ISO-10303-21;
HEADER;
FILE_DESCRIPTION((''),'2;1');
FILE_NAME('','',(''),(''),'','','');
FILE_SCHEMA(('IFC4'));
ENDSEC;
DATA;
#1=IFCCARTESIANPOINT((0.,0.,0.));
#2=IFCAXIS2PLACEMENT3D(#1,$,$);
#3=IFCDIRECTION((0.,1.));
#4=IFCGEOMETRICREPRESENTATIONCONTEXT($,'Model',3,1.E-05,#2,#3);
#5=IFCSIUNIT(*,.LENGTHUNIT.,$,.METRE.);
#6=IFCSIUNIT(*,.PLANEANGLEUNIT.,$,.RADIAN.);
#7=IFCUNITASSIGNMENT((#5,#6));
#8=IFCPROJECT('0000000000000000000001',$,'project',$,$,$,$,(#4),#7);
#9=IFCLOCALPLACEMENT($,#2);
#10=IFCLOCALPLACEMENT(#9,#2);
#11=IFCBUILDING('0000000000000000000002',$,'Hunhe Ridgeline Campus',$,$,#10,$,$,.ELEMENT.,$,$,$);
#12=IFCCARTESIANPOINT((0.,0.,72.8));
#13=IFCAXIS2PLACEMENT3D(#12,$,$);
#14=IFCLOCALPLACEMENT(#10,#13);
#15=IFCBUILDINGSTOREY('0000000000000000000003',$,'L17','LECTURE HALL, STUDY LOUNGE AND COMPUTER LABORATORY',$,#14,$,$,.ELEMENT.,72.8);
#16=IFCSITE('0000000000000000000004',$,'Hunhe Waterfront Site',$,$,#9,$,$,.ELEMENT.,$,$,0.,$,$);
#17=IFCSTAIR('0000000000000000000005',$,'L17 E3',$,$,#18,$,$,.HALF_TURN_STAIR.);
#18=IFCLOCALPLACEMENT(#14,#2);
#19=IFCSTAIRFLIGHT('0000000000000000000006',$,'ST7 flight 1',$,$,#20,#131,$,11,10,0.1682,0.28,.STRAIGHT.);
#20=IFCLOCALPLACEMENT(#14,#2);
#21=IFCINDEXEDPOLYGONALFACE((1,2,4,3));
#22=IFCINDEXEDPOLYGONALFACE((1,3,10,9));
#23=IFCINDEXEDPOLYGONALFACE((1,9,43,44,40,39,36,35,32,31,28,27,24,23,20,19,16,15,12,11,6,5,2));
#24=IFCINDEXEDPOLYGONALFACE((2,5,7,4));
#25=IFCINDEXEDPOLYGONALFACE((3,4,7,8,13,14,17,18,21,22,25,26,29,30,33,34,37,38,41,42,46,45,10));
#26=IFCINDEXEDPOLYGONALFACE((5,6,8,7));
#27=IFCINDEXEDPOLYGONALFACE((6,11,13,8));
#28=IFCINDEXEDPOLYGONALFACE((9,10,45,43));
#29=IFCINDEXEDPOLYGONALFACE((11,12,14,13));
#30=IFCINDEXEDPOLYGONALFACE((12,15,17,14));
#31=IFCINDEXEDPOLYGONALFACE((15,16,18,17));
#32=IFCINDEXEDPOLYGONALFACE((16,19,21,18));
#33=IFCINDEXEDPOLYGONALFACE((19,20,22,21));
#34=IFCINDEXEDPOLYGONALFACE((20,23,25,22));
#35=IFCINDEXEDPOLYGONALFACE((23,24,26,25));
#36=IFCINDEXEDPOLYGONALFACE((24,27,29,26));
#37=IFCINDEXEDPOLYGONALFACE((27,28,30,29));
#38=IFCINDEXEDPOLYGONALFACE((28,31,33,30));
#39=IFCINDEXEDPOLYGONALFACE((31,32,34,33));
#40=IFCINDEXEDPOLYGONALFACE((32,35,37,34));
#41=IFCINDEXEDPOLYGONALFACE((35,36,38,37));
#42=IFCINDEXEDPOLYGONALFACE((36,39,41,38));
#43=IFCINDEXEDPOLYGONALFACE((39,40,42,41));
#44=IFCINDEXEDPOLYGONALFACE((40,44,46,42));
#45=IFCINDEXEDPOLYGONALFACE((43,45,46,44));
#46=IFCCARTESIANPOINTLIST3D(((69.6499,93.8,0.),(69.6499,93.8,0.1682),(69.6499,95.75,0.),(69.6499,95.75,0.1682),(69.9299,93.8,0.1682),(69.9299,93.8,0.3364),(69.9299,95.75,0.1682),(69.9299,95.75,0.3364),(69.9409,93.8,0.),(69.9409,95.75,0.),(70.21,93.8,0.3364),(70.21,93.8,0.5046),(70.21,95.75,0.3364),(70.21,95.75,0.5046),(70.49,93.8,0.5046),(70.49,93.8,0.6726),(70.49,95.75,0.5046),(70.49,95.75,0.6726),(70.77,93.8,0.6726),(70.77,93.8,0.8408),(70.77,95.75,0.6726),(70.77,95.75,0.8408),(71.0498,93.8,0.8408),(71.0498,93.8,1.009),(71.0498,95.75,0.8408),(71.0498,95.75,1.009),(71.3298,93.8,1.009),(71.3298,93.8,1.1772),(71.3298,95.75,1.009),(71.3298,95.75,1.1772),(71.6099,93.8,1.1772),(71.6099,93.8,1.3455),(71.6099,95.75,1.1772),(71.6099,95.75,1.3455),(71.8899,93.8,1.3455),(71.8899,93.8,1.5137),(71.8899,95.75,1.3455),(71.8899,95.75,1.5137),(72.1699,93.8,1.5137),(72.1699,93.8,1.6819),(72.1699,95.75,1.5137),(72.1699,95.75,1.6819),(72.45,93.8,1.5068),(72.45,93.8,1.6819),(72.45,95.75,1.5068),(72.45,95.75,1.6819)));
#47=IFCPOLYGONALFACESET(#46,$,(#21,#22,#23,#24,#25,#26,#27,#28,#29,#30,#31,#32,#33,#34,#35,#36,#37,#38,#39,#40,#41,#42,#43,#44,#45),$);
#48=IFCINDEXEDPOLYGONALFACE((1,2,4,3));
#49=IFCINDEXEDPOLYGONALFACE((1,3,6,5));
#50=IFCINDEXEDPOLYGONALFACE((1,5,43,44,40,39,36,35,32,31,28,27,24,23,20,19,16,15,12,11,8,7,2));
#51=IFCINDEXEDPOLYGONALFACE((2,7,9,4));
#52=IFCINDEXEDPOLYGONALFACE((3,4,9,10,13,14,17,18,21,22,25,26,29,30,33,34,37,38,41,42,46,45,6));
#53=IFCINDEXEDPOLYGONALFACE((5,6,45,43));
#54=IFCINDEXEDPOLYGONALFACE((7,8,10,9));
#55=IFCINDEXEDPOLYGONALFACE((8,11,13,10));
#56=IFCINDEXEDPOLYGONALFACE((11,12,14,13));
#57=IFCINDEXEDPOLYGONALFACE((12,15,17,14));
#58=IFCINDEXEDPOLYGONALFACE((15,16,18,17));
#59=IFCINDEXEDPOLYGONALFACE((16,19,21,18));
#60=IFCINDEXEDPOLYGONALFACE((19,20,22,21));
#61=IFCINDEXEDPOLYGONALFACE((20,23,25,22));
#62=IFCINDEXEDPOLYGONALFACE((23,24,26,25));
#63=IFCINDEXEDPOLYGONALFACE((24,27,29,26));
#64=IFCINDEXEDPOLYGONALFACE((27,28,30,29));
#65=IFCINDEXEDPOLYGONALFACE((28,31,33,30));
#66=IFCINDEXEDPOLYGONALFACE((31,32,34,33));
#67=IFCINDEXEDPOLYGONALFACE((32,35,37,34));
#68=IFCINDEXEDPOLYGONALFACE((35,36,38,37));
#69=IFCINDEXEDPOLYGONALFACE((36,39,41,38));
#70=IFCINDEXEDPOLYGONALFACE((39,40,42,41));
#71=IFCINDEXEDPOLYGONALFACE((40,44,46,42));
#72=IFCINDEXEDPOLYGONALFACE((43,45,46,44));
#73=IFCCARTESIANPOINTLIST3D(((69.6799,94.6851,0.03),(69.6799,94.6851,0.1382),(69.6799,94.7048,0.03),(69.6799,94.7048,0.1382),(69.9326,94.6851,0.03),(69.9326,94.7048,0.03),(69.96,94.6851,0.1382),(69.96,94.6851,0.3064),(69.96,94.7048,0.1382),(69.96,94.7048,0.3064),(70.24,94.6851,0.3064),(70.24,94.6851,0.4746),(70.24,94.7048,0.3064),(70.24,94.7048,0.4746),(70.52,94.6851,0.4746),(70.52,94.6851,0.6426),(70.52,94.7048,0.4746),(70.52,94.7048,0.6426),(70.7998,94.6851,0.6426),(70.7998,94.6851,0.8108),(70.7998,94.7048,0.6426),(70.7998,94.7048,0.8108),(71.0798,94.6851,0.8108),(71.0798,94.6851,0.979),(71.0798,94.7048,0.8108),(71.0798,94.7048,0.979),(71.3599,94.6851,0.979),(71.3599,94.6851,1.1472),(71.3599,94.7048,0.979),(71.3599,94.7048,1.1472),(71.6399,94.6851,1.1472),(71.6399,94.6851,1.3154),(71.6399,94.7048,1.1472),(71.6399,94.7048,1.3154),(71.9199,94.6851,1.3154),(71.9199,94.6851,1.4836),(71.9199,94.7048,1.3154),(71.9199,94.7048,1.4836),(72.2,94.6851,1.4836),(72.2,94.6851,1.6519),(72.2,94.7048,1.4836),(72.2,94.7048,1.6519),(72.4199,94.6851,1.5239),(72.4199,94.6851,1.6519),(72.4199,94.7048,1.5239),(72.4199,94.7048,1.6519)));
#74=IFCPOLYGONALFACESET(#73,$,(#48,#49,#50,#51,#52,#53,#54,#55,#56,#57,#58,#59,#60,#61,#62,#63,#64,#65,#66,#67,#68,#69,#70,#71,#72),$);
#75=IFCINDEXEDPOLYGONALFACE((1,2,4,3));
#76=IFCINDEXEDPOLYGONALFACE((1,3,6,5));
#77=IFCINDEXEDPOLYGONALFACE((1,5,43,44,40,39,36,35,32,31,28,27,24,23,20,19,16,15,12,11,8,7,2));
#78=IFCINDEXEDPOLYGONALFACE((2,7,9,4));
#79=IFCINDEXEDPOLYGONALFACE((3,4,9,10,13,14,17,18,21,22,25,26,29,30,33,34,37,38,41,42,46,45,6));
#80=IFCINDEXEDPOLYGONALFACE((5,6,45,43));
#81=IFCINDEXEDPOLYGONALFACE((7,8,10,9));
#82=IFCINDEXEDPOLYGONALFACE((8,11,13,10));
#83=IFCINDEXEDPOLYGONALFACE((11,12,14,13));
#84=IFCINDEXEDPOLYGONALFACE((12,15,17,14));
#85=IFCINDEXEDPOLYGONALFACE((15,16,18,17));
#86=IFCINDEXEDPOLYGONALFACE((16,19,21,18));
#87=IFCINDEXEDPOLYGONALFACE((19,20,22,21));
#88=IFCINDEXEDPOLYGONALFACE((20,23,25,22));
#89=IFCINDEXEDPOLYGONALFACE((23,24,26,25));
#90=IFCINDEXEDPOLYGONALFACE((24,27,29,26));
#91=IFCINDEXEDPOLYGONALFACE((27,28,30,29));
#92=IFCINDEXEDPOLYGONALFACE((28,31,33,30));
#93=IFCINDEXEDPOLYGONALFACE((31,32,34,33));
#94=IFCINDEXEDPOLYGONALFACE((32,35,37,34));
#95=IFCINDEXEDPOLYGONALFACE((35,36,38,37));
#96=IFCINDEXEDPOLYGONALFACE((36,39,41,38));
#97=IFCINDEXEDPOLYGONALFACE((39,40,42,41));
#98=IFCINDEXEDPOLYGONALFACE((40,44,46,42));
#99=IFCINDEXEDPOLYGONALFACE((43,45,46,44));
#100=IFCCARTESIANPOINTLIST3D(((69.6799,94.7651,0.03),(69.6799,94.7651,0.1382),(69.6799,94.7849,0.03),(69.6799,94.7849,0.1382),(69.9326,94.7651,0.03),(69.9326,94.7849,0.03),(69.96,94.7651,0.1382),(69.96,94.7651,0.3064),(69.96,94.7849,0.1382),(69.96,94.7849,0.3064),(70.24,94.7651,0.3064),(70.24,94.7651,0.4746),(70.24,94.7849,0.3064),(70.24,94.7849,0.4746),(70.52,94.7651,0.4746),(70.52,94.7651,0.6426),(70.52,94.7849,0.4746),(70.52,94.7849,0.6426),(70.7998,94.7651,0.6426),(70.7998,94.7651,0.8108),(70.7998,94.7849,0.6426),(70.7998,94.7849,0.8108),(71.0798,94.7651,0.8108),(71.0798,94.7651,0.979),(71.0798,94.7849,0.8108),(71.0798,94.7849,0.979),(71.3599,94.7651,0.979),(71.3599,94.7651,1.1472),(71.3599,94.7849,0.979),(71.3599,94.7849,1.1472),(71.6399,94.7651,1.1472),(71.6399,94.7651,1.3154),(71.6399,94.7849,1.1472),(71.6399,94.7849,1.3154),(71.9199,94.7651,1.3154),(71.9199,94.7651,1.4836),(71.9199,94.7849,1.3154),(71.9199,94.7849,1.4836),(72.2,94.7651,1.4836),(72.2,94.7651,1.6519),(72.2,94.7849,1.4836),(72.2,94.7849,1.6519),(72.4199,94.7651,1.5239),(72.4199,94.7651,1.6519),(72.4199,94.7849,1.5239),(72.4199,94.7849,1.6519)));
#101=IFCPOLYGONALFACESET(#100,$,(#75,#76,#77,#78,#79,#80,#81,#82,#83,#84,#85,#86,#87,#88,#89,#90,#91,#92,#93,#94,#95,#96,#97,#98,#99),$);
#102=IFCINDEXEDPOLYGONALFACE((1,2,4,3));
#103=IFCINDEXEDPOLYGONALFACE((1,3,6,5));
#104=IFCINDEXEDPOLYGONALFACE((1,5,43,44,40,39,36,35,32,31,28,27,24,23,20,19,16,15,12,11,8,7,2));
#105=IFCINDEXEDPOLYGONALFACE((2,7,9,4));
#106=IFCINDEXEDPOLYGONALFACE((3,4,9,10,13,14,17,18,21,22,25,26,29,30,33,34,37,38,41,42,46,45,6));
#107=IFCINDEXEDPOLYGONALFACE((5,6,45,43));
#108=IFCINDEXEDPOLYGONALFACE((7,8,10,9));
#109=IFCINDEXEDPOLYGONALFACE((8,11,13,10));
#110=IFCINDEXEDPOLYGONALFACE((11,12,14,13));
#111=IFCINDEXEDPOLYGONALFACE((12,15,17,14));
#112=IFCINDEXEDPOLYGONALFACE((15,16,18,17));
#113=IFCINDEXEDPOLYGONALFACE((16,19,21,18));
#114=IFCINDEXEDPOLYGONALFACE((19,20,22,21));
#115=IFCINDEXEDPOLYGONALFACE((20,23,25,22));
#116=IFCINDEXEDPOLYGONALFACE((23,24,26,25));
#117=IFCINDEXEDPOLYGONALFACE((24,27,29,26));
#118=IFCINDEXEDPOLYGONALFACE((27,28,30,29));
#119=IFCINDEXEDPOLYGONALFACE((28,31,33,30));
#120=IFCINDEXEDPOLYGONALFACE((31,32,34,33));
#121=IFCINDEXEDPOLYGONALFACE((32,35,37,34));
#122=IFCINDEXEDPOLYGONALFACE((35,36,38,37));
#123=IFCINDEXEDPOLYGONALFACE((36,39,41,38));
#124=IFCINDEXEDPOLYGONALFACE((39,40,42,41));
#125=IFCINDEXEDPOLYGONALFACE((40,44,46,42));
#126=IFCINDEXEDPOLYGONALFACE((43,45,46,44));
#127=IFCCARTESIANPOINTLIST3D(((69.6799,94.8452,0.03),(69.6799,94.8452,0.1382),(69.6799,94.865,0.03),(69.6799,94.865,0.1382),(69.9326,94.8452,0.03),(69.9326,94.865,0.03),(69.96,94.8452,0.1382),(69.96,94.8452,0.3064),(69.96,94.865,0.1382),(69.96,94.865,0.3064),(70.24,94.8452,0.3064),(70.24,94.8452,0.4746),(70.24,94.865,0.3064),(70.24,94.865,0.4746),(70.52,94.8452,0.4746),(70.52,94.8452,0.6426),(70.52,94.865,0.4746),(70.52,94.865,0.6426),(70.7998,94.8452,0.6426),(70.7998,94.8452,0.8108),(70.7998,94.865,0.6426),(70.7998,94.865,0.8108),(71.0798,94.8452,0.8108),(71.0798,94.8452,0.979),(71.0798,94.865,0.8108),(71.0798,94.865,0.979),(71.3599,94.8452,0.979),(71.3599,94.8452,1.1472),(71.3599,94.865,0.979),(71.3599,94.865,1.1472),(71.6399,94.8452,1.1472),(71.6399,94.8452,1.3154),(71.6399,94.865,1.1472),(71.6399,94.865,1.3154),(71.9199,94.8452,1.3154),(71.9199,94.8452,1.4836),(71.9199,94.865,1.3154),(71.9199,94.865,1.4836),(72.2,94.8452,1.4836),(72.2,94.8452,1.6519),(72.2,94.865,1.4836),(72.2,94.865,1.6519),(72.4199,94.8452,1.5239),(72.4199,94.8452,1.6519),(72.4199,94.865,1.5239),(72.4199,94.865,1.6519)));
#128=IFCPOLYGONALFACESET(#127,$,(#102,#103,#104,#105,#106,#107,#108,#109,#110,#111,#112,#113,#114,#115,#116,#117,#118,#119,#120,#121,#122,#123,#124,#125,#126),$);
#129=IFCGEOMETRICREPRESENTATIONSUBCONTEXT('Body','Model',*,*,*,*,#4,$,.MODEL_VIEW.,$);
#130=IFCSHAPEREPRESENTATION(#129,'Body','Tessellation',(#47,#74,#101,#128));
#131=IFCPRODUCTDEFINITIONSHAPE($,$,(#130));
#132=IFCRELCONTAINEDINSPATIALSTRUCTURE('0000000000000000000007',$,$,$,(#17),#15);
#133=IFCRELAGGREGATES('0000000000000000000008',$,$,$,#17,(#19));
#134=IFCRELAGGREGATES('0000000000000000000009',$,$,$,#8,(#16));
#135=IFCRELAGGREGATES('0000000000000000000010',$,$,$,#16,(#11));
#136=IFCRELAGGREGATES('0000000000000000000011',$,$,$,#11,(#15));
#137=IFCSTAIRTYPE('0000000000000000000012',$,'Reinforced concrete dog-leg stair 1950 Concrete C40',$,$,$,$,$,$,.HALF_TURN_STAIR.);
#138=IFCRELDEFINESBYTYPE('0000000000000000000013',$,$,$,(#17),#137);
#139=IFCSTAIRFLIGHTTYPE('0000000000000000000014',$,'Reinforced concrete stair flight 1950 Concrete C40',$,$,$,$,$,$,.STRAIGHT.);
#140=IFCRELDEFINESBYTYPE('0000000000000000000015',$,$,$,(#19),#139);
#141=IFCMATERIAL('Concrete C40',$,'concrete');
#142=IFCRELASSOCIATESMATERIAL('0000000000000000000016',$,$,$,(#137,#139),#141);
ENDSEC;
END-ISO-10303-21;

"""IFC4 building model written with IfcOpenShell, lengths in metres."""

from ifc_helpers import new_model, si_unit, direction, frame, origin, place, context, subcontext, project, spatial, polyline, outline, extrude, material, type_object, element, aggregate, save


model = new_model("IFC4")

# Units and contexts
model_context = context("Model", 3, precision=1e-05, world=origin(), true_north=direction((0.0, 1.0)))
body_context = subcontext(model_context, "Body", "Model", "MODEL_VIEW")
ifc_project = project(units=[si_unit("LENGTHUNIT", "METRE"), si_unit("PLANEANGLEUNIT", "RADIAN")], contexts=[model_context])

# Site, building, storey
site_placement = place(None, origin())
site = spatial("IfcSite", under=ifc_project, at=site_placement, Name="Hunhe Waterfront Site", CompositionType="ELEMENT", RefElevation=0.0)
building_placement = place(site_placement, origin())
building = spatial("IfcBuilding", under=site, at=building_placement, Name="Hunhe Ridgeline Campus", CompositionType="ELEMENT")
storey_placement = place(building_placement, frame((0.0, 0.0, 72.8)))
storey = spatial("IfcBuildingStorey", under=building, at=storey_placement, Name="L17", Description="LECTURE HALL, STUDY LOUNGE AND COMPUTER LABORATORY", CompositionType="ELEMENT", Elevation=72.8)

# Shared definitions
ifc_material_1 = material(Name="Concrete C40", Category="concrete")
stair_type = type_object("IfcStairType", Name="Reinforced concrete dog-leg stair 1950 Concrete C40", PredefinedType="HALF_TURN_STAIR", material=ifc_material_1)
stair_flight_type = type_object("IfcStairFlightType", Name="Reinforced concrete stair flight 1950 Concrete C40", PredefinedType="STRAIGHT", material=ifc_material_1)

# Stair, stair flight
stair_1_placement = place(storey_placement, origin())
stair_1 = element("IfcStair", 1, at=stair_1_placement, inside=storey, type_object=stair_type, Name="L17 E3", PredefinedType="HALF_TURN_STAIR")
stair_flight_1_placement = place(storey_placement, frame((69.6499, 94.7749, 0.0), z_axis=(0.0, 0.0, 1.0), x_axis=(1.0, 0.0, 0.0)))
stair_flight_1 = element("IfcStairFlight", 2, at=stair_flight_1_placement, type_object=stair_flight_type, Name="ST7 flight 1", NumberOfRisers=11, NumberOfTreads=10, PredefinedType="STRAIGHT", RiserHeight=0.1682, TreadLength=0.28, context=body_context, shape_type="SweptSolid", body=[
    extrude(outline(polyline([(0.0, 0.0), (0.0, 0.1682), (0.28, 0.1682), (0.28, 0.3364), (0.5601, 0.3364), (0.5601, 0.5046), (0.8401, 0.5046), (0.8401, 0.6726), (1.1201, 0.6726), (1.1201, 0.8408), (1.3999, 0.8408), (1.3999, 1.009), (1.6799, 1.009), (1.6799, 1.1772), (1.96, 1.1772), (1.96, 1.3455), (2.24, 1.3455), (2.24, 1.5137), (2.52, 1.5137), (2.52, 1.6819), (2.8, 1.6819), (2.8, 1.8501), (2.8, 1.5068), (0.291, 0.0), (0.0, 0.0)])), frame((0.0, 0.9751, 0.0), z_axis=(0.0, -1.0, 0.0), x_axis=(1.0, 0.0, 0.0)), (0.0, 0.0, 1.0), 1.95),
    extrude(outline(polyline([(0.03, 0.03), (0.03, 0.1382), (0.3101, 0.1382), (0.3101, 0.3064), (0.5901, 0.3064), (0.5901, 0.4746), (0.8701, 0.4746), (0.8701, 0.6426), (1.1499, 0.6426), (1.1499, 0.8108), (1.4299, 0.8108), (1.4299, 0.979), (1.71, 0.979), (1.71, 1.1472), (1.99, 1.1472), (1.99, 1.3154), (2.27, 1.3154), (2.27, 1.4836), (2.55, 1.4836), (2.55, 1.6519), (2.77, 1.6519), (2.77, 1.5239), (0.2827, 0.03), (0.03, 0.03)])), frame((0.0, -0.0701, 0.0), z_axis=(0.0, -1.0, 0.0), x_axis=(1.0, 0.0, 0.0)), (0.0, 0.0, 1.0), 0.0198),
    extrude(outline(polyline([(0.03, 0.03), (0.03, 0.1382), (0.3101, 0.1382), (0.3101, 0.3064), (0.5901, 0.3064), (0.5901, 0.4746), (0.8701, 0.4746), (0.8701, 0.6426), (1.1499, 0.6426), (1.1499, 0.8108), (1.4299, 0.8108), (1.4299, 0.979), (1.71, 0.979), (1.71, 1.1472), (1.99, 1.1472), (1.99, 1.3154), (2.27, 1.3154), (2.27, 1.4836), (2.55, 1.4836), (2.55, 1.6519), (2.77, 1.6519), (2.77, 1.5239), (0.2827, 0.03), (0.03, 0.03)])), frame((0.0, 0.01, 0.0), z_axis=(0.0, -1.0, 0.0), x_axis=(1.0, 0.0, 0.0)), (0.0, 0.0, 1.0), 0.0198),
    extrude(outline(polyline([(0.03, 0.03), (0.03, 0.1382), (0.3101, 0.1382), (0.3101, 0.3064), (0.5901, 0.3064), (0.5901, 0.4746), (0.8701, 0.4746), (0.8701, 0.6426), (1.1499, 0.6426), (1.1499, 0.8108), (1.4299, 0.8108), (1.4299, 0.979), (1.71, 0.979), (1.71, 1.1472), (1.99, 1.1472), (1.99, 1.3154), (2.27, 1.3154), (2.27, 1.4836), (2.55, 1.4836), (2.55, 1.6519), (2.77, 1.6519), (2.77, 1.5239), (0.2827, 0.03), (0.03, 0.03)])), frame((0.0, 0.0901, 0.0), z_axis=(0.0, -1.0, 0.0), x_axis=(1.0, 0.0, 0.0)), (0.0, 0.0, 1.0), 0.0198),
])
aggregate(stair_1, [stair_flight_1])

save(model, "model.ifc")
